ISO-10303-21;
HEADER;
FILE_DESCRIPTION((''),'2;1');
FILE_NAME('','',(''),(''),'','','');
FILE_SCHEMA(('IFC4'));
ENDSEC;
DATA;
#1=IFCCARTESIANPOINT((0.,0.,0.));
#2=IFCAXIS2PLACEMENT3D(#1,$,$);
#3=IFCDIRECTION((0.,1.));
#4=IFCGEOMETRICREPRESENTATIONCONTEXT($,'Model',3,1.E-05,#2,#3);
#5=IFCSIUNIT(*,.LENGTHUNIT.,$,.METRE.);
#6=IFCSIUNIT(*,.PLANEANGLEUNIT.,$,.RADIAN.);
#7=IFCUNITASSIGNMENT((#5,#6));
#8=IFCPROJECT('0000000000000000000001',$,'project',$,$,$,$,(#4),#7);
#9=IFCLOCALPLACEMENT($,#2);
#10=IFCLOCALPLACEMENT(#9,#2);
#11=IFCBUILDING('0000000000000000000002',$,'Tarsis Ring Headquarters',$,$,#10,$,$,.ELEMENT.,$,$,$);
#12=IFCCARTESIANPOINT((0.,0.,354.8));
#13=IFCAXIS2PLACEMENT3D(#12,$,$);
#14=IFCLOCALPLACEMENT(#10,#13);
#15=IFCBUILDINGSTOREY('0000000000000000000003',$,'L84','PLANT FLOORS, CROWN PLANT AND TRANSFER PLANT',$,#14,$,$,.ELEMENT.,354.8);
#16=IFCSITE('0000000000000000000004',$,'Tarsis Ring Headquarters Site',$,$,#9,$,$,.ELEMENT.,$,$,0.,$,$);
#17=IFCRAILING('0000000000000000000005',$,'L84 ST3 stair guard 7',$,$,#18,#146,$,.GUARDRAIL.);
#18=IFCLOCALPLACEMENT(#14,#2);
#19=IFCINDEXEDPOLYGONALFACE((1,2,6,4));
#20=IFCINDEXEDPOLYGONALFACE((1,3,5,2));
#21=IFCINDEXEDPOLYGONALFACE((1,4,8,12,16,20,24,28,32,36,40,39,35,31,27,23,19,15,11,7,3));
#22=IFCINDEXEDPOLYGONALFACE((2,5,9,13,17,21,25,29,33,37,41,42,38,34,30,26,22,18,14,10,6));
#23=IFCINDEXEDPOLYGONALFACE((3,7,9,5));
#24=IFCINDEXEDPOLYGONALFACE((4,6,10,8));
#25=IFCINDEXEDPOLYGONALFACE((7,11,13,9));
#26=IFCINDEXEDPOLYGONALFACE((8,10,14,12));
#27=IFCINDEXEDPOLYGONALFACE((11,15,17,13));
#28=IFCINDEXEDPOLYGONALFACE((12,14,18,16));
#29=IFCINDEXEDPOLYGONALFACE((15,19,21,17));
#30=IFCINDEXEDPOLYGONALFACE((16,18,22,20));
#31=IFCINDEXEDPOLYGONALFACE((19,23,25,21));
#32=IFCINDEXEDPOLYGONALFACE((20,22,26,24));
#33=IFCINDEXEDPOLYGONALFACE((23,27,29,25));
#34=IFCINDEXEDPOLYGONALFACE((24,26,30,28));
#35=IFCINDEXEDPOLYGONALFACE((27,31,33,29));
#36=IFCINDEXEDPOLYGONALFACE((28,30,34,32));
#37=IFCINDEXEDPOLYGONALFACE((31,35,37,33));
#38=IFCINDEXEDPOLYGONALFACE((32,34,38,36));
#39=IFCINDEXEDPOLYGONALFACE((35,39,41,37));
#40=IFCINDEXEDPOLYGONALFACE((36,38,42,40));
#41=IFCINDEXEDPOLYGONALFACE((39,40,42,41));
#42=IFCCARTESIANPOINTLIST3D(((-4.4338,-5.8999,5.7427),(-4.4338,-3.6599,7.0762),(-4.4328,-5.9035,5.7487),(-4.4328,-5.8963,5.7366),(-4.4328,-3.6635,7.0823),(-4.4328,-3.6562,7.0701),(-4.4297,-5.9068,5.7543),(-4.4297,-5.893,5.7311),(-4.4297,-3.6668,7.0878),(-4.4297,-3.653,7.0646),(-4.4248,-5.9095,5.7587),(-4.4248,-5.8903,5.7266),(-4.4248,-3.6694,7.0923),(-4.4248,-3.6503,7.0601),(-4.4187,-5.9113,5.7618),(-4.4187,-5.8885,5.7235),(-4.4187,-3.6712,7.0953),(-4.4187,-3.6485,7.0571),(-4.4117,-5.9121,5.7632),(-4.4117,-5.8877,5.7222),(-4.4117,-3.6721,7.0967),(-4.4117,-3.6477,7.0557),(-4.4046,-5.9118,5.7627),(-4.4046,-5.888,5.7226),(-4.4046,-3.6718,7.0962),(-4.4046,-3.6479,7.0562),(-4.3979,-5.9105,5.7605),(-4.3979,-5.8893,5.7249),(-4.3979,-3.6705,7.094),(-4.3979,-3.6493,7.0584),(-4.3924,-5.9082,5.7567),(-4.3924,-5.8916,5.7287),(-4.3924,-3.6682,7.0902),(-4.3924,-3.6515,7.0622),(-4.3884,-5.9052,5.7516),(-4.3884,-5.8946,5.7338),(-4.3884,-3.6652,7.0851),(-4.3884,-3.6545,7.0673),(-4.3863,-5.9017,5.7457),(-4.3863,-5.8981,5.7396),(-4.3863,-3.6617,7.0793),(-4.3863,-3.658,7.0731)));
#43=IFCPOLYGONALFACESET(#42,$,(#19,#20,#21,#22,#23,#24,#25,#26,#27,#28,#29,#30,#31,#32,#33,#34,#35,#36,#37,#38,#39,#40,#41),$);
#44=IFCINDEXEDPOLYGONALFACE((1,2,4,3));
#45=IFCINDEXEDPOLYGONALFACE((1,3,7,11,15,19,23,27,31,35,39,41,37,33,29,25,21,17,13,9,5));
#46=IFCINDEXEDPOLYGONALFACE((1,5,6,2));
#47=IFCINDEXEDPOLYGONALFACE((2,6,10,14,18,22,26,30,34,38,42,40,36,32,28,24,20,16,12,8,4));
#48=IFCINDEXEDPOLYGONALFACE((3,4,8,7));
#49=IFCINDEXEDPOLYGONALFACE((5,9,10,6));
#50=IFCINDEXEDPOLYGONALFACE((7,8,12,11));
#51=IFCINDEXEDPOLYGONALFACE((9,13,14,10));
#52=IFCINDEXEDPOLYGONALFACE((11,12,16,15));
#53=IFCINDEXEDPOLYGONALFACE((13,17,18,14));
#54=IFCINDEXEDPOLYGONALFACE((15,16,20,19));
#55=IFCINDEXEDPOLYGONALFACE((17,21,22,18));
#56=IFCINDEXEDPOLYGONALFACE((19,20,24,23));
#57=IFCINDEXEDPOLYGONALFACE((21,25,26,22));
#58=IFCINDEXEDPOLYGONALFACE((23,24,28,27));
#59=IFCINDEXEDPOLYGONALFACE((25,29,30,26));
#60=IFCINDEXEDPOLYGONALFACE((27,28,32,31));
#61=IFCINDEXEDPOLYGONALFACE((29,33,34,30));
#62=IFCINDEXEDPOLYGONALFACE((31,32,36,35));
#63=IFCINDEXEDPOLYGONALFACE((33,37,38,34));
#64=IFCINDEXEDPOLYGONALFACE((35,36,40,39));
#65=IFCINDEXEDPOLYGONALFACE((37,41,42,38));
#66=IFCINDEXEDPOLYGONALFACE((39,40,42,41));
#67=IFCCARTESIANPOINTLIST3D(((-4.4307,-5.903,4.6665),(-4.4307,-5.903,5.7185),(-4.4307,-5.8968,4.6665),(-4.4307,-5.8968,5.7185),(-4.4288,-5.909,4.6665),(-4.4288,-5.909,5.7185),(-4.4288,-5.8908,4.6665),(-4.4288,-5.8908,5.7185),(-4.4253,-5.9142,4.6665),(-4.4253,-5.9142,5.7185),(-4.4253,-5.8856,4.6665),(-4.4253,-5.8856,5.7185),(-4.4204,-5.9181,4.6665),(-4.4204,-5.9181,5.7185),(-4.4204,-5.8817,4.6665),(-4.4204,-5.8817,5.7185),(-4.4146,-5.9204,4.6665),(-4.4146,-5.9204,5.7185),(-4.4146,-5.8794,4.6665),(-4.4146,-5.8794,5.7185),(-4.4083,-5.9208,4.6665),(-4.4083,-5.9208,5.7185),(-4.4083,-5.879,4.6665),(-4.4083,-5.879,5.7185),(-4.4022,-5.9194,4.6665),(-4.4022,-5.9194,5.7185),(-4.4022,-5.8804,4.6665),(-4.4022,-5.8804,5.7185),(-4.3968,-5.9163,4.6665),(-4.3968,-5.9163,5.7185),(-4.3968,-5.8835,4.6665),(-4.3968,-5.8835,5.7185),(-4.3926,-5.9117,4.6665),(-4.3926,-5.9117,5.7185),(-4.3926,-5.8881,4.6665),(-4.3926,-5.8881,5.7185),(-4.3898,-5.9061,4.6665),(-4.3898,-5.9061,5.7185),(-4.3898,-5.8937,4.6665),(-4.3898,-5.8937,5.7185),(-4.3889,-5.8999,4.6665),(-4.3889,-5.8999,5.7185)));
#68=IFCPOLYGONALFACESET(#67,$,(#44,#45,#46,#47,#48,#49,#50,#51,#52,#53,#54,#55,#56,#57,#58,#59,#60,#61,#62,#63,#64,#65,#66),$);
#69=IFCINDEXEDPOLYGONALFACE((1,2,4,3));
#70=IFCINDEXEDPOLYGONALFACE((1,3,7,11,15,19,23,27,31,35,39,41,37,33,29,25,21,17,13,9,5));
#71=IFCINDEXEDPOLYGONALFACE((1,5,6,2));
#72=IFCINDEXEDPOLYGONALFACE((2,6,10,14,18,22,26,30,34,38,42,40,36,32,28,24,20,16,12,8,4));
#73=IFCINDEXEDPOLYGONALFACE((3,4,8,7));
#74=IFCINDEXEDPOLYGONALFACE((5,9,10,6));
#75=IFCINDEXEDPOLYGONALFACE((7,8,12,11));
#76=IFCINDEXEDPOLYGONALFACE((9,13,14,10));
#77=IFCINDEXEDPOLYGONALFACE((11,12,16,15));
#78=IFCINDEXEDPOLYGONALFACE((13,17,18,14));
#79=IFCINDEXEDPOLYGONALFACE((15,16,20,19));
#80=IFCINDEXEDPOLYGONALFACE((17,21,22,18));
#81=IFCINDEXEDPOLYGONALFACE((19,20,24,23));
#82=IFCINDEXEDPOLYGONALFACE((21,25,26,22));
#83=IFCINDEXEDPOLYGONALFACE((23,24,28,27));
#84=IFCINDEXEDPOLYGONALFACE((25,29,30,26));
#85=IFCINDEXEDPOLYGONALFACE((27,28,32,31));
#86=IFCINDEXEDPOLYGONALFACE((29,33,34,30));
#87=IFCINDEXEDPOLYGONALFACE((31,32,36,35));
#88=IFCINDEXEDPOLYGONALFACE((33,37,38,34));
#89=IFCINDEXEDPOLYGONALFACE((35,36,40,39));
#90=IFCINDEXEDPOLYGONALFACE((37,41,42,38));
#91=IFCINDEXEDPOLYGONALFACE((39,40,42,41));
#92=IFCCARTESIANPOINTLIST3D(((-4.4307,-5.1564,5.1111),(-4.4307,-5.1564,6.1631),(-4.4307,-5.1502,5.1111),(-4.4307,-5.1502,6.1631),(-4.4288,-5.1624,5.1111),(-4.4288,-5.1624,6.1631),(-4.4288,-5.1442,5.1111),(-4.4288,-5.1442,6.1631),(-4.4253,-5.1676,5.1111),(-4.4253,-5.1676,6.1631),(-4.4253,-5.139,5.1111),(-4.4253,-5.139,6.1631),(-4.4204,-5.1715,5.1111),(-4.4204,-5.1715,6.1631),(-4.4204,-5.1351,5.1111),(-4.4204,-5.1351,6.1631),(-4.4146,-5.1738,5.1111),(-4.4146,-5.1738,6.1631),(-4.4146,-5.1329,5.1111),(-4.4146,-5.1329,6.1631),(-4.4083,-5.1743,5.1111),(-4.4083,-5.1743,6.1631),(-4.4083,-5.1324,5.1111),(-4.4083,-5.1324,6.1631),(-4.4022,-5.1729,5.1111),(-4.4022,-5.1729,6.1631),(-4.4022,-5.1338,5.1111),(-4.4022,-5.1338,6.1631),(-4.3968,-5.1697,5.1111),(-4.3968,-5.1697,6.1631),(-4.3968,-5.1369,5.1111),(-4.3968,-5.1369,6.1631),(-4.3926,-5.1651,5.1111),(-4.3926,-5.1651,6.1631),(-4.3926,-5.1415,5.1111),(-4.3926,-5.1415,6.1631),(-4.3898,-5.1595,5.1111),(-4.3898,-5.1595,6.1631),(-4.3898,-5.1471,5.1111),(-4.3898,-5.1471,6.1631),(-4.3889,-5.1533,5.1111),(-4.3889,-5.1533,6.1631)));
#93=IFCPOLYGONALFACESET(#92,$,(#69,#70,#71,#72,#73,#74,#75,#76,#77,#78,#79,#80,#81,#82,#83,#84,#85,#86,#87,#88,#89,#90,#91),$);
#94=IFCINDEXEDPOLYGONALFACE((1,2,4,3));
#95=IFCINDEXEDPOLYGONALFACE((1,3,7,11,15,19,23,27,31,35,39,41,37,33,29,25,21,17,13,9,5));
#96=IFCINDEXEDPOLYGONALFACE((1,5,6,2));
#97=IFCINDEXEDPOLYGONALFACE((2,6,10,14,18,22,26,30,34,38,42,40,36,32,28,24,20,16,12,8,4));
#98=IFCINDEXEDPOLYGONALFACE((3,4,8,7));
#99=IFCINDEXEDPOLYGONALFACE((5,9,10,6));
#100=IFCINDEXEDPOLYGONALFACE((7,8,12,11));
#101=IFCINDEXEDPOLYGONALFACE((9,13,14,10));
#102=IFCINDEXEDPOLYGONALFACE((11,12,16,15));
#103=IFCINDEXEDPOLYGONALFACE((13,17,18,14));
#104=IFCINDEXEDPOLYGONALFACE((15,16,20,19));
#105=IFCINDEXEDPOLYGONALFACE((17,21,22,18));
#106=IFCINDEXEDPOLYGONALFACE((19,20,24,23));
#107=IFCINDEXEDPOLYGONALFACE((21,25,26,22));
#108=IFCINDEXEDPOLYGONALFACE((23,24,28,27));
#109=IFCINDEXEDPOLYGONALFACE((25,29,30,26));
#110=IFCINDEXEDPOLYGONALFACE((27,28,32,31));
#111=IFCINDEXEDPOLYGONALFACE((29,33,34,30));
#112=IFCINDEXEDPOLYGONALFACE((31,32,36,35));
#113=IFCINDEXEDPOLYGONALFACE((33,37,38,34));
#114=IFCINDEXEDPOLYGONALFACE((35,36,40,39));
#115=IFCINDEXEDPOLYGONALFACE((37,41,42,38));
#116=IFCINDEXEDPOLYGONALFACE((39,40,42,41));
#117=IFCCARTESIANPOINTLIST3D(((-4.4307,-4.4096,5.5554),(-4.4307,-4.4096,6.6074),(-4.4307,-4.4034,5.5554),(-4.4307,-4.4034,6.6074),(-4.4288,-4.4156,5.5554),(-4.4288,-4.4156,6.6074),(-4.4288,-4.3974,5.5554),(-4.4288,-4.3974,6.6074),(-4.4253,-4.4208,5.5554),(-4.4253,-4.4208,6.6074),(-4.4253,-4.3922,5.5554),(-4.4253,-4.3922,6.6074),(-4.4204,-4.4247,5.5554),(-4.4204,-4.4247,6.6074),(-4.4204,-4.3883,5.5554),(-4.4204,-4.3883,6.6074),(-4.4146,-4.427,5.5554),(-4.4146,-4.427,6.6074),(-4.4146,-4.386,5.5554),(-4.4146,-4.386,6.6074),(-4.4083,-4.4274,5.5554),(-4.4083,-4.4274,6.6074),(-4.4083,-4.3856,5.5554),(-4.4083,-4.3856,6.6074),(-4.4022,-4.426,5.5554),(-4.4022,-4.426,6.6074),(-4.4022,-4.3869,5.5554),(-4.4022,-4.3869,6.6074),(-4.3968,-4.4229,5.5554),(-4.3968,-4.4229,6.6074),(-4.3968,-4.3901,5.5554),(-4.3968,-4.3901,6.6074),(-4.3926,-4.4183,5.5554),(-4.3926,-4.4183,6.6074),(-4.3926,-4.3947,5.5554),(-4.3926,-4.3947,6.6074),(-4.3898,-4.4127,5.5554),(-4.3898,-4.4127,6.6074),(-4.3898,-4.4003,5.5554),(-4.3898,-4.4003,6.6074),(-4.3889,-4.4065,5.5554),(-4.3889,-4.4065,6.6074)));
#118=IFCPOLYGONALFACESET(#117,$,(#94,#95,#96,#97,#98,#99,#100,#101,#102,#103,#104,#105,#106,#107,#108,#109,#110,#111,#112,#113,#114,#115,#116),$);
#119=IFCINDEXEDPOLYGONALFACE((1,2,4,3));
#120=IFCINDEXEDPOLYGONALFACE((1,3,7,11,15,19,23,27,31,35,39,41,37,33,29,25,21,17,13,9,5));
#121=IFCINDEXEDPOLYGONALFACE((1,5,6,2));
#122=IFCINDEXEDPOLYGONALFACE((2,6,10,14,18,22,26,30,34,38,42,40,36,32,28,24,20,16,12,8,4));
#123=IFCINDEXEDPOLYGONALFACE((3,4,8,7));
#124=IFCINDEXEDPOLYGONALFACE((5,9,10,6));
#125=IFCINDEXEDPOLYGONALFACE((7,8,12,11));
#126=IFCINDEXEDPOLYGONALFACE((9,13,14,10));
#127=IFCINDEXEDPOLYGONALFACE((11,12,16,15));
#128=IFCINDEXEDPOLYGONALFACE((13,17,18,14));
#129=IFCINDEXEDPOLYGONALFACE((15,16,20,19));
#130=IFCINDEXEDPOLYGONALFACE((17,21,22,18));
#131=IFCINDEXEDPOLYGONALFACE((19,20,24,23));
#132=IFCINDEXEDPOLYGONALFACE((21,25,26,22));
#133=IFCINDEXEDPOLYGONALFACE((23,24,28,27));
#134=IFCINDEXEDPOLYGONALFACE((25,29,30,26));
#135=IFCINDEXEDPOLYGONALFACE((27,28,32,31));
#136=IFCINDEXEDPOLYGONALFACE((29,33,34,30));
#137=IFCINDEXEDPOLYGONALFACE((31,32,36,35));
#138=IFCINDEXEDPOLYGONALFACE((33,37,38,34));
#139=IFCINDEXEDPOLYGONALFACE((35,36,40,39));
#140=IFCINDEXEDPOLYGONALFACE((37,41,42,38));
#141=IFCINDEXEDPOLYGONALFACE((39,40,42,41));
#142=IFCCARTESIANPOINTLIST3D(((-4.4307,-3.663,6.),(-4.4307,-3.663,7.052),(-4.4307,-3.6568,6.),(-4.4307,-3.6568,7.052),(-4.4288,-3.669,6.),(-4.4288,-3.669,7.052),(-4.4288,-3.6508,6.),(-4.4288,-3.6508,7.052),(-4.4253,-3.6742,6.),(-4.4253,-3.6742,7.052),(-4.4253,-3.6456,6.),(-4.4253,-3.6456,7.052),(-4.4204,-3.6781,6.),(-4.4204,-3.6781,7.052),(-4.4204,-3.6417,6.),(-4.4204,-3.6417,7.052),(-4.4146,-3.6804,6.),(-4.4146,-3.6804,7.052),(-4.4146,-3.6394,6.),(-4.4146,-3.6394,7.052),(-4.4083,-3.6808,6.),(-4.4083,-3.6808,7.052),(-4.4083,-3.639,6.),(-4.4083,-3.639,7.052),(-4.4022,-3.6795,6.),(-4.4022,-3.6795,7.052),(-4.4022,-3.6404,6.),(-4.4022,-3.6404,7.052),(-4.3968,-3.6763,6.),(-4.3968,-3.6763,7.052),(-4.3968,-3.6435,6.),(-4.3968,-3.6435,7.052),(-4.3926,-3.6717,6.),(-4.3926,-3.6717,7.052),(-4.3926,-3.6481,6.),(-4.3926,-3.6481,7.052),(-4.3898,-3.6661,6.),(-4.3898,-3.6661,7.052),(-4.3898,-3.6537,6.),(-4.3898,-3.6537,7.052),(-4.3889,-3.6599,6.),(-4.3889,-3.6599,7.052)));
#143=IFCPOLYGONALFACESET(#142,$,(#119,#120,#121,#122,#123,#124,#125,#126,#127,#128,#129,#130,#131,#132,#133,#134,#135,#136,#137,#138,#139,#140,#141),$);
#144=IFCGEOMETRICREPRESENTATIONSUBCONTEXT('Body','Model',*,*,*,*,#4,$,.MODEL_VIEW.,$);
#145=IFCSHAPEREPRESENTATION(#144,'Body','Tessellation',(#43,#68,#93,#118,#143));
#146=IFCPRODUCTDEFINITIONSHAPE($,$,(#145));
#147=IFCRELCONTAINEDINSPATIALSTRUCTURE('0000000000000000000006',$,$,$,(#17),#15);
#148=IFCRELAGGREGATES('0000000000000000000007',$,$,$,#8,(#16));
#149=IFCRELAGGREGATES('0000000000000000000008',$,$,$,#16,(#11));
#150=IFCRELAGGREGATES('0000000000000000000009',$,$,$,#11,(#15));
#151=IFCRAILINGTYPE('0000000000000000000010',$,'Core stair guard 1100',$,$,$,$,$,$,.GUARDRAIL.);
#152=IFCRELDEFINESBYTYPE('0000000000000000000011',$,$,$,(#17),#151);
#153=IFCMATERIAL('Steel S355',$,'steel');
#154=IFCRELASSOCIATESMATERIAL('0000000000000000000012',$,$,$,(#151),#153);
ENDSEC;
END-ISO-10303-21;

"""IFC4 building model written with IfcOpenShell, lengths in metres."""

from ifc_helpers import new_model, si_unit, direction, frame, origin, origin_2d, place, context, subcontext, project, spatial, circle, extrude, material, type_object, element, save


model = new_model("IFC4")

# Units and contexts
model_context = context("Model", 3, precision=1e-05, world=origin(), true_north=direction((0.0, 1.0)))
body_context = subcontext(model_context, "Body", "Model", "MODEL_VIEW")
ifc_project = project(units=[si_unit("LENGTHUNIT", "METRE"), si_unit("PLANEANGLEUNIT", "RADIAN")], contexts=[model_context])

# Site, building, storey
site_placement = place(None, origin())
site = spatial("IfcSite", under=ifc_project, at=site_placement, Name="Tarsis Ring Headquarters Site", CompositionType="ELEMENT", RefElevation=0.0)
building_placement = place(site_placement, origin())
building = spatial("IfcBuilding", under=site, at=building_placement, Name="Tarsis Ring Headquarters", CompositionType="ELEMENT")
storey_placement = place(building_placement, frame((0.0, 0.0, 354.8)))
storey = spatial("IfcBuildingStorey", under=building, at=storey_placement, Name="L84", Description="PLANT FLOORS, CROWN PLANT AND TRANSFER PLANT", CompositionType="ELEMENT", Elevation=354.8)

# Railing
ifc_material_1 = material(Name="Steel S355", Category="steel")
railing_type_1 = type_object("IfcRailingType", Name="Core stair guard 1100", PredefinedType="GUARDRAIL", material=ifc_material_1)
railing_1_placement = place(storey_placement, frame((-4.4099, -5.8999, 4.6665)))
element("IfcRailing", 1, at=railing_1_placement, inside=storey, type_object=railing_type_1, Name="L84 ST3 stair guard 7", PredefinedType="GUARDRAIL", context=body_context, shape_type="SweptSolid", body=[
    extrude(circle(Radius=0.0239, at=origin_2d()), frame((0.0, 0.0, 1.0762), z_axis=(0.0, 0.859264, 0.511532), x_axis=(-1.0, 0.0, 0.0)), (0.0, 0.0, 1.0), 2.6069),
    extrude(circle(Radius=0.021, at=origin_2d()), origin(), (0.0, 0.0, 1.0), 1.052),
    extrude(circle(Radius=0.021, at=origin_2d()), frame((0.0, 0.7466, 0.4446)), (0.0, 0.0, 1.0), 1.052),
    extrude(circle(Radius=0.021, at=origin_2d()), frame((0.0, 1.4934, 0.8889)), (0.0, 0.0, 1.0), 1.052),
    extrude(circle(Radius=0.021, at=origin_2d()), frame((0.0, 2.24, 1.3335)), (0.0, 0.0, 1.0), 1.052),
])

save(model, "model.ifc")
